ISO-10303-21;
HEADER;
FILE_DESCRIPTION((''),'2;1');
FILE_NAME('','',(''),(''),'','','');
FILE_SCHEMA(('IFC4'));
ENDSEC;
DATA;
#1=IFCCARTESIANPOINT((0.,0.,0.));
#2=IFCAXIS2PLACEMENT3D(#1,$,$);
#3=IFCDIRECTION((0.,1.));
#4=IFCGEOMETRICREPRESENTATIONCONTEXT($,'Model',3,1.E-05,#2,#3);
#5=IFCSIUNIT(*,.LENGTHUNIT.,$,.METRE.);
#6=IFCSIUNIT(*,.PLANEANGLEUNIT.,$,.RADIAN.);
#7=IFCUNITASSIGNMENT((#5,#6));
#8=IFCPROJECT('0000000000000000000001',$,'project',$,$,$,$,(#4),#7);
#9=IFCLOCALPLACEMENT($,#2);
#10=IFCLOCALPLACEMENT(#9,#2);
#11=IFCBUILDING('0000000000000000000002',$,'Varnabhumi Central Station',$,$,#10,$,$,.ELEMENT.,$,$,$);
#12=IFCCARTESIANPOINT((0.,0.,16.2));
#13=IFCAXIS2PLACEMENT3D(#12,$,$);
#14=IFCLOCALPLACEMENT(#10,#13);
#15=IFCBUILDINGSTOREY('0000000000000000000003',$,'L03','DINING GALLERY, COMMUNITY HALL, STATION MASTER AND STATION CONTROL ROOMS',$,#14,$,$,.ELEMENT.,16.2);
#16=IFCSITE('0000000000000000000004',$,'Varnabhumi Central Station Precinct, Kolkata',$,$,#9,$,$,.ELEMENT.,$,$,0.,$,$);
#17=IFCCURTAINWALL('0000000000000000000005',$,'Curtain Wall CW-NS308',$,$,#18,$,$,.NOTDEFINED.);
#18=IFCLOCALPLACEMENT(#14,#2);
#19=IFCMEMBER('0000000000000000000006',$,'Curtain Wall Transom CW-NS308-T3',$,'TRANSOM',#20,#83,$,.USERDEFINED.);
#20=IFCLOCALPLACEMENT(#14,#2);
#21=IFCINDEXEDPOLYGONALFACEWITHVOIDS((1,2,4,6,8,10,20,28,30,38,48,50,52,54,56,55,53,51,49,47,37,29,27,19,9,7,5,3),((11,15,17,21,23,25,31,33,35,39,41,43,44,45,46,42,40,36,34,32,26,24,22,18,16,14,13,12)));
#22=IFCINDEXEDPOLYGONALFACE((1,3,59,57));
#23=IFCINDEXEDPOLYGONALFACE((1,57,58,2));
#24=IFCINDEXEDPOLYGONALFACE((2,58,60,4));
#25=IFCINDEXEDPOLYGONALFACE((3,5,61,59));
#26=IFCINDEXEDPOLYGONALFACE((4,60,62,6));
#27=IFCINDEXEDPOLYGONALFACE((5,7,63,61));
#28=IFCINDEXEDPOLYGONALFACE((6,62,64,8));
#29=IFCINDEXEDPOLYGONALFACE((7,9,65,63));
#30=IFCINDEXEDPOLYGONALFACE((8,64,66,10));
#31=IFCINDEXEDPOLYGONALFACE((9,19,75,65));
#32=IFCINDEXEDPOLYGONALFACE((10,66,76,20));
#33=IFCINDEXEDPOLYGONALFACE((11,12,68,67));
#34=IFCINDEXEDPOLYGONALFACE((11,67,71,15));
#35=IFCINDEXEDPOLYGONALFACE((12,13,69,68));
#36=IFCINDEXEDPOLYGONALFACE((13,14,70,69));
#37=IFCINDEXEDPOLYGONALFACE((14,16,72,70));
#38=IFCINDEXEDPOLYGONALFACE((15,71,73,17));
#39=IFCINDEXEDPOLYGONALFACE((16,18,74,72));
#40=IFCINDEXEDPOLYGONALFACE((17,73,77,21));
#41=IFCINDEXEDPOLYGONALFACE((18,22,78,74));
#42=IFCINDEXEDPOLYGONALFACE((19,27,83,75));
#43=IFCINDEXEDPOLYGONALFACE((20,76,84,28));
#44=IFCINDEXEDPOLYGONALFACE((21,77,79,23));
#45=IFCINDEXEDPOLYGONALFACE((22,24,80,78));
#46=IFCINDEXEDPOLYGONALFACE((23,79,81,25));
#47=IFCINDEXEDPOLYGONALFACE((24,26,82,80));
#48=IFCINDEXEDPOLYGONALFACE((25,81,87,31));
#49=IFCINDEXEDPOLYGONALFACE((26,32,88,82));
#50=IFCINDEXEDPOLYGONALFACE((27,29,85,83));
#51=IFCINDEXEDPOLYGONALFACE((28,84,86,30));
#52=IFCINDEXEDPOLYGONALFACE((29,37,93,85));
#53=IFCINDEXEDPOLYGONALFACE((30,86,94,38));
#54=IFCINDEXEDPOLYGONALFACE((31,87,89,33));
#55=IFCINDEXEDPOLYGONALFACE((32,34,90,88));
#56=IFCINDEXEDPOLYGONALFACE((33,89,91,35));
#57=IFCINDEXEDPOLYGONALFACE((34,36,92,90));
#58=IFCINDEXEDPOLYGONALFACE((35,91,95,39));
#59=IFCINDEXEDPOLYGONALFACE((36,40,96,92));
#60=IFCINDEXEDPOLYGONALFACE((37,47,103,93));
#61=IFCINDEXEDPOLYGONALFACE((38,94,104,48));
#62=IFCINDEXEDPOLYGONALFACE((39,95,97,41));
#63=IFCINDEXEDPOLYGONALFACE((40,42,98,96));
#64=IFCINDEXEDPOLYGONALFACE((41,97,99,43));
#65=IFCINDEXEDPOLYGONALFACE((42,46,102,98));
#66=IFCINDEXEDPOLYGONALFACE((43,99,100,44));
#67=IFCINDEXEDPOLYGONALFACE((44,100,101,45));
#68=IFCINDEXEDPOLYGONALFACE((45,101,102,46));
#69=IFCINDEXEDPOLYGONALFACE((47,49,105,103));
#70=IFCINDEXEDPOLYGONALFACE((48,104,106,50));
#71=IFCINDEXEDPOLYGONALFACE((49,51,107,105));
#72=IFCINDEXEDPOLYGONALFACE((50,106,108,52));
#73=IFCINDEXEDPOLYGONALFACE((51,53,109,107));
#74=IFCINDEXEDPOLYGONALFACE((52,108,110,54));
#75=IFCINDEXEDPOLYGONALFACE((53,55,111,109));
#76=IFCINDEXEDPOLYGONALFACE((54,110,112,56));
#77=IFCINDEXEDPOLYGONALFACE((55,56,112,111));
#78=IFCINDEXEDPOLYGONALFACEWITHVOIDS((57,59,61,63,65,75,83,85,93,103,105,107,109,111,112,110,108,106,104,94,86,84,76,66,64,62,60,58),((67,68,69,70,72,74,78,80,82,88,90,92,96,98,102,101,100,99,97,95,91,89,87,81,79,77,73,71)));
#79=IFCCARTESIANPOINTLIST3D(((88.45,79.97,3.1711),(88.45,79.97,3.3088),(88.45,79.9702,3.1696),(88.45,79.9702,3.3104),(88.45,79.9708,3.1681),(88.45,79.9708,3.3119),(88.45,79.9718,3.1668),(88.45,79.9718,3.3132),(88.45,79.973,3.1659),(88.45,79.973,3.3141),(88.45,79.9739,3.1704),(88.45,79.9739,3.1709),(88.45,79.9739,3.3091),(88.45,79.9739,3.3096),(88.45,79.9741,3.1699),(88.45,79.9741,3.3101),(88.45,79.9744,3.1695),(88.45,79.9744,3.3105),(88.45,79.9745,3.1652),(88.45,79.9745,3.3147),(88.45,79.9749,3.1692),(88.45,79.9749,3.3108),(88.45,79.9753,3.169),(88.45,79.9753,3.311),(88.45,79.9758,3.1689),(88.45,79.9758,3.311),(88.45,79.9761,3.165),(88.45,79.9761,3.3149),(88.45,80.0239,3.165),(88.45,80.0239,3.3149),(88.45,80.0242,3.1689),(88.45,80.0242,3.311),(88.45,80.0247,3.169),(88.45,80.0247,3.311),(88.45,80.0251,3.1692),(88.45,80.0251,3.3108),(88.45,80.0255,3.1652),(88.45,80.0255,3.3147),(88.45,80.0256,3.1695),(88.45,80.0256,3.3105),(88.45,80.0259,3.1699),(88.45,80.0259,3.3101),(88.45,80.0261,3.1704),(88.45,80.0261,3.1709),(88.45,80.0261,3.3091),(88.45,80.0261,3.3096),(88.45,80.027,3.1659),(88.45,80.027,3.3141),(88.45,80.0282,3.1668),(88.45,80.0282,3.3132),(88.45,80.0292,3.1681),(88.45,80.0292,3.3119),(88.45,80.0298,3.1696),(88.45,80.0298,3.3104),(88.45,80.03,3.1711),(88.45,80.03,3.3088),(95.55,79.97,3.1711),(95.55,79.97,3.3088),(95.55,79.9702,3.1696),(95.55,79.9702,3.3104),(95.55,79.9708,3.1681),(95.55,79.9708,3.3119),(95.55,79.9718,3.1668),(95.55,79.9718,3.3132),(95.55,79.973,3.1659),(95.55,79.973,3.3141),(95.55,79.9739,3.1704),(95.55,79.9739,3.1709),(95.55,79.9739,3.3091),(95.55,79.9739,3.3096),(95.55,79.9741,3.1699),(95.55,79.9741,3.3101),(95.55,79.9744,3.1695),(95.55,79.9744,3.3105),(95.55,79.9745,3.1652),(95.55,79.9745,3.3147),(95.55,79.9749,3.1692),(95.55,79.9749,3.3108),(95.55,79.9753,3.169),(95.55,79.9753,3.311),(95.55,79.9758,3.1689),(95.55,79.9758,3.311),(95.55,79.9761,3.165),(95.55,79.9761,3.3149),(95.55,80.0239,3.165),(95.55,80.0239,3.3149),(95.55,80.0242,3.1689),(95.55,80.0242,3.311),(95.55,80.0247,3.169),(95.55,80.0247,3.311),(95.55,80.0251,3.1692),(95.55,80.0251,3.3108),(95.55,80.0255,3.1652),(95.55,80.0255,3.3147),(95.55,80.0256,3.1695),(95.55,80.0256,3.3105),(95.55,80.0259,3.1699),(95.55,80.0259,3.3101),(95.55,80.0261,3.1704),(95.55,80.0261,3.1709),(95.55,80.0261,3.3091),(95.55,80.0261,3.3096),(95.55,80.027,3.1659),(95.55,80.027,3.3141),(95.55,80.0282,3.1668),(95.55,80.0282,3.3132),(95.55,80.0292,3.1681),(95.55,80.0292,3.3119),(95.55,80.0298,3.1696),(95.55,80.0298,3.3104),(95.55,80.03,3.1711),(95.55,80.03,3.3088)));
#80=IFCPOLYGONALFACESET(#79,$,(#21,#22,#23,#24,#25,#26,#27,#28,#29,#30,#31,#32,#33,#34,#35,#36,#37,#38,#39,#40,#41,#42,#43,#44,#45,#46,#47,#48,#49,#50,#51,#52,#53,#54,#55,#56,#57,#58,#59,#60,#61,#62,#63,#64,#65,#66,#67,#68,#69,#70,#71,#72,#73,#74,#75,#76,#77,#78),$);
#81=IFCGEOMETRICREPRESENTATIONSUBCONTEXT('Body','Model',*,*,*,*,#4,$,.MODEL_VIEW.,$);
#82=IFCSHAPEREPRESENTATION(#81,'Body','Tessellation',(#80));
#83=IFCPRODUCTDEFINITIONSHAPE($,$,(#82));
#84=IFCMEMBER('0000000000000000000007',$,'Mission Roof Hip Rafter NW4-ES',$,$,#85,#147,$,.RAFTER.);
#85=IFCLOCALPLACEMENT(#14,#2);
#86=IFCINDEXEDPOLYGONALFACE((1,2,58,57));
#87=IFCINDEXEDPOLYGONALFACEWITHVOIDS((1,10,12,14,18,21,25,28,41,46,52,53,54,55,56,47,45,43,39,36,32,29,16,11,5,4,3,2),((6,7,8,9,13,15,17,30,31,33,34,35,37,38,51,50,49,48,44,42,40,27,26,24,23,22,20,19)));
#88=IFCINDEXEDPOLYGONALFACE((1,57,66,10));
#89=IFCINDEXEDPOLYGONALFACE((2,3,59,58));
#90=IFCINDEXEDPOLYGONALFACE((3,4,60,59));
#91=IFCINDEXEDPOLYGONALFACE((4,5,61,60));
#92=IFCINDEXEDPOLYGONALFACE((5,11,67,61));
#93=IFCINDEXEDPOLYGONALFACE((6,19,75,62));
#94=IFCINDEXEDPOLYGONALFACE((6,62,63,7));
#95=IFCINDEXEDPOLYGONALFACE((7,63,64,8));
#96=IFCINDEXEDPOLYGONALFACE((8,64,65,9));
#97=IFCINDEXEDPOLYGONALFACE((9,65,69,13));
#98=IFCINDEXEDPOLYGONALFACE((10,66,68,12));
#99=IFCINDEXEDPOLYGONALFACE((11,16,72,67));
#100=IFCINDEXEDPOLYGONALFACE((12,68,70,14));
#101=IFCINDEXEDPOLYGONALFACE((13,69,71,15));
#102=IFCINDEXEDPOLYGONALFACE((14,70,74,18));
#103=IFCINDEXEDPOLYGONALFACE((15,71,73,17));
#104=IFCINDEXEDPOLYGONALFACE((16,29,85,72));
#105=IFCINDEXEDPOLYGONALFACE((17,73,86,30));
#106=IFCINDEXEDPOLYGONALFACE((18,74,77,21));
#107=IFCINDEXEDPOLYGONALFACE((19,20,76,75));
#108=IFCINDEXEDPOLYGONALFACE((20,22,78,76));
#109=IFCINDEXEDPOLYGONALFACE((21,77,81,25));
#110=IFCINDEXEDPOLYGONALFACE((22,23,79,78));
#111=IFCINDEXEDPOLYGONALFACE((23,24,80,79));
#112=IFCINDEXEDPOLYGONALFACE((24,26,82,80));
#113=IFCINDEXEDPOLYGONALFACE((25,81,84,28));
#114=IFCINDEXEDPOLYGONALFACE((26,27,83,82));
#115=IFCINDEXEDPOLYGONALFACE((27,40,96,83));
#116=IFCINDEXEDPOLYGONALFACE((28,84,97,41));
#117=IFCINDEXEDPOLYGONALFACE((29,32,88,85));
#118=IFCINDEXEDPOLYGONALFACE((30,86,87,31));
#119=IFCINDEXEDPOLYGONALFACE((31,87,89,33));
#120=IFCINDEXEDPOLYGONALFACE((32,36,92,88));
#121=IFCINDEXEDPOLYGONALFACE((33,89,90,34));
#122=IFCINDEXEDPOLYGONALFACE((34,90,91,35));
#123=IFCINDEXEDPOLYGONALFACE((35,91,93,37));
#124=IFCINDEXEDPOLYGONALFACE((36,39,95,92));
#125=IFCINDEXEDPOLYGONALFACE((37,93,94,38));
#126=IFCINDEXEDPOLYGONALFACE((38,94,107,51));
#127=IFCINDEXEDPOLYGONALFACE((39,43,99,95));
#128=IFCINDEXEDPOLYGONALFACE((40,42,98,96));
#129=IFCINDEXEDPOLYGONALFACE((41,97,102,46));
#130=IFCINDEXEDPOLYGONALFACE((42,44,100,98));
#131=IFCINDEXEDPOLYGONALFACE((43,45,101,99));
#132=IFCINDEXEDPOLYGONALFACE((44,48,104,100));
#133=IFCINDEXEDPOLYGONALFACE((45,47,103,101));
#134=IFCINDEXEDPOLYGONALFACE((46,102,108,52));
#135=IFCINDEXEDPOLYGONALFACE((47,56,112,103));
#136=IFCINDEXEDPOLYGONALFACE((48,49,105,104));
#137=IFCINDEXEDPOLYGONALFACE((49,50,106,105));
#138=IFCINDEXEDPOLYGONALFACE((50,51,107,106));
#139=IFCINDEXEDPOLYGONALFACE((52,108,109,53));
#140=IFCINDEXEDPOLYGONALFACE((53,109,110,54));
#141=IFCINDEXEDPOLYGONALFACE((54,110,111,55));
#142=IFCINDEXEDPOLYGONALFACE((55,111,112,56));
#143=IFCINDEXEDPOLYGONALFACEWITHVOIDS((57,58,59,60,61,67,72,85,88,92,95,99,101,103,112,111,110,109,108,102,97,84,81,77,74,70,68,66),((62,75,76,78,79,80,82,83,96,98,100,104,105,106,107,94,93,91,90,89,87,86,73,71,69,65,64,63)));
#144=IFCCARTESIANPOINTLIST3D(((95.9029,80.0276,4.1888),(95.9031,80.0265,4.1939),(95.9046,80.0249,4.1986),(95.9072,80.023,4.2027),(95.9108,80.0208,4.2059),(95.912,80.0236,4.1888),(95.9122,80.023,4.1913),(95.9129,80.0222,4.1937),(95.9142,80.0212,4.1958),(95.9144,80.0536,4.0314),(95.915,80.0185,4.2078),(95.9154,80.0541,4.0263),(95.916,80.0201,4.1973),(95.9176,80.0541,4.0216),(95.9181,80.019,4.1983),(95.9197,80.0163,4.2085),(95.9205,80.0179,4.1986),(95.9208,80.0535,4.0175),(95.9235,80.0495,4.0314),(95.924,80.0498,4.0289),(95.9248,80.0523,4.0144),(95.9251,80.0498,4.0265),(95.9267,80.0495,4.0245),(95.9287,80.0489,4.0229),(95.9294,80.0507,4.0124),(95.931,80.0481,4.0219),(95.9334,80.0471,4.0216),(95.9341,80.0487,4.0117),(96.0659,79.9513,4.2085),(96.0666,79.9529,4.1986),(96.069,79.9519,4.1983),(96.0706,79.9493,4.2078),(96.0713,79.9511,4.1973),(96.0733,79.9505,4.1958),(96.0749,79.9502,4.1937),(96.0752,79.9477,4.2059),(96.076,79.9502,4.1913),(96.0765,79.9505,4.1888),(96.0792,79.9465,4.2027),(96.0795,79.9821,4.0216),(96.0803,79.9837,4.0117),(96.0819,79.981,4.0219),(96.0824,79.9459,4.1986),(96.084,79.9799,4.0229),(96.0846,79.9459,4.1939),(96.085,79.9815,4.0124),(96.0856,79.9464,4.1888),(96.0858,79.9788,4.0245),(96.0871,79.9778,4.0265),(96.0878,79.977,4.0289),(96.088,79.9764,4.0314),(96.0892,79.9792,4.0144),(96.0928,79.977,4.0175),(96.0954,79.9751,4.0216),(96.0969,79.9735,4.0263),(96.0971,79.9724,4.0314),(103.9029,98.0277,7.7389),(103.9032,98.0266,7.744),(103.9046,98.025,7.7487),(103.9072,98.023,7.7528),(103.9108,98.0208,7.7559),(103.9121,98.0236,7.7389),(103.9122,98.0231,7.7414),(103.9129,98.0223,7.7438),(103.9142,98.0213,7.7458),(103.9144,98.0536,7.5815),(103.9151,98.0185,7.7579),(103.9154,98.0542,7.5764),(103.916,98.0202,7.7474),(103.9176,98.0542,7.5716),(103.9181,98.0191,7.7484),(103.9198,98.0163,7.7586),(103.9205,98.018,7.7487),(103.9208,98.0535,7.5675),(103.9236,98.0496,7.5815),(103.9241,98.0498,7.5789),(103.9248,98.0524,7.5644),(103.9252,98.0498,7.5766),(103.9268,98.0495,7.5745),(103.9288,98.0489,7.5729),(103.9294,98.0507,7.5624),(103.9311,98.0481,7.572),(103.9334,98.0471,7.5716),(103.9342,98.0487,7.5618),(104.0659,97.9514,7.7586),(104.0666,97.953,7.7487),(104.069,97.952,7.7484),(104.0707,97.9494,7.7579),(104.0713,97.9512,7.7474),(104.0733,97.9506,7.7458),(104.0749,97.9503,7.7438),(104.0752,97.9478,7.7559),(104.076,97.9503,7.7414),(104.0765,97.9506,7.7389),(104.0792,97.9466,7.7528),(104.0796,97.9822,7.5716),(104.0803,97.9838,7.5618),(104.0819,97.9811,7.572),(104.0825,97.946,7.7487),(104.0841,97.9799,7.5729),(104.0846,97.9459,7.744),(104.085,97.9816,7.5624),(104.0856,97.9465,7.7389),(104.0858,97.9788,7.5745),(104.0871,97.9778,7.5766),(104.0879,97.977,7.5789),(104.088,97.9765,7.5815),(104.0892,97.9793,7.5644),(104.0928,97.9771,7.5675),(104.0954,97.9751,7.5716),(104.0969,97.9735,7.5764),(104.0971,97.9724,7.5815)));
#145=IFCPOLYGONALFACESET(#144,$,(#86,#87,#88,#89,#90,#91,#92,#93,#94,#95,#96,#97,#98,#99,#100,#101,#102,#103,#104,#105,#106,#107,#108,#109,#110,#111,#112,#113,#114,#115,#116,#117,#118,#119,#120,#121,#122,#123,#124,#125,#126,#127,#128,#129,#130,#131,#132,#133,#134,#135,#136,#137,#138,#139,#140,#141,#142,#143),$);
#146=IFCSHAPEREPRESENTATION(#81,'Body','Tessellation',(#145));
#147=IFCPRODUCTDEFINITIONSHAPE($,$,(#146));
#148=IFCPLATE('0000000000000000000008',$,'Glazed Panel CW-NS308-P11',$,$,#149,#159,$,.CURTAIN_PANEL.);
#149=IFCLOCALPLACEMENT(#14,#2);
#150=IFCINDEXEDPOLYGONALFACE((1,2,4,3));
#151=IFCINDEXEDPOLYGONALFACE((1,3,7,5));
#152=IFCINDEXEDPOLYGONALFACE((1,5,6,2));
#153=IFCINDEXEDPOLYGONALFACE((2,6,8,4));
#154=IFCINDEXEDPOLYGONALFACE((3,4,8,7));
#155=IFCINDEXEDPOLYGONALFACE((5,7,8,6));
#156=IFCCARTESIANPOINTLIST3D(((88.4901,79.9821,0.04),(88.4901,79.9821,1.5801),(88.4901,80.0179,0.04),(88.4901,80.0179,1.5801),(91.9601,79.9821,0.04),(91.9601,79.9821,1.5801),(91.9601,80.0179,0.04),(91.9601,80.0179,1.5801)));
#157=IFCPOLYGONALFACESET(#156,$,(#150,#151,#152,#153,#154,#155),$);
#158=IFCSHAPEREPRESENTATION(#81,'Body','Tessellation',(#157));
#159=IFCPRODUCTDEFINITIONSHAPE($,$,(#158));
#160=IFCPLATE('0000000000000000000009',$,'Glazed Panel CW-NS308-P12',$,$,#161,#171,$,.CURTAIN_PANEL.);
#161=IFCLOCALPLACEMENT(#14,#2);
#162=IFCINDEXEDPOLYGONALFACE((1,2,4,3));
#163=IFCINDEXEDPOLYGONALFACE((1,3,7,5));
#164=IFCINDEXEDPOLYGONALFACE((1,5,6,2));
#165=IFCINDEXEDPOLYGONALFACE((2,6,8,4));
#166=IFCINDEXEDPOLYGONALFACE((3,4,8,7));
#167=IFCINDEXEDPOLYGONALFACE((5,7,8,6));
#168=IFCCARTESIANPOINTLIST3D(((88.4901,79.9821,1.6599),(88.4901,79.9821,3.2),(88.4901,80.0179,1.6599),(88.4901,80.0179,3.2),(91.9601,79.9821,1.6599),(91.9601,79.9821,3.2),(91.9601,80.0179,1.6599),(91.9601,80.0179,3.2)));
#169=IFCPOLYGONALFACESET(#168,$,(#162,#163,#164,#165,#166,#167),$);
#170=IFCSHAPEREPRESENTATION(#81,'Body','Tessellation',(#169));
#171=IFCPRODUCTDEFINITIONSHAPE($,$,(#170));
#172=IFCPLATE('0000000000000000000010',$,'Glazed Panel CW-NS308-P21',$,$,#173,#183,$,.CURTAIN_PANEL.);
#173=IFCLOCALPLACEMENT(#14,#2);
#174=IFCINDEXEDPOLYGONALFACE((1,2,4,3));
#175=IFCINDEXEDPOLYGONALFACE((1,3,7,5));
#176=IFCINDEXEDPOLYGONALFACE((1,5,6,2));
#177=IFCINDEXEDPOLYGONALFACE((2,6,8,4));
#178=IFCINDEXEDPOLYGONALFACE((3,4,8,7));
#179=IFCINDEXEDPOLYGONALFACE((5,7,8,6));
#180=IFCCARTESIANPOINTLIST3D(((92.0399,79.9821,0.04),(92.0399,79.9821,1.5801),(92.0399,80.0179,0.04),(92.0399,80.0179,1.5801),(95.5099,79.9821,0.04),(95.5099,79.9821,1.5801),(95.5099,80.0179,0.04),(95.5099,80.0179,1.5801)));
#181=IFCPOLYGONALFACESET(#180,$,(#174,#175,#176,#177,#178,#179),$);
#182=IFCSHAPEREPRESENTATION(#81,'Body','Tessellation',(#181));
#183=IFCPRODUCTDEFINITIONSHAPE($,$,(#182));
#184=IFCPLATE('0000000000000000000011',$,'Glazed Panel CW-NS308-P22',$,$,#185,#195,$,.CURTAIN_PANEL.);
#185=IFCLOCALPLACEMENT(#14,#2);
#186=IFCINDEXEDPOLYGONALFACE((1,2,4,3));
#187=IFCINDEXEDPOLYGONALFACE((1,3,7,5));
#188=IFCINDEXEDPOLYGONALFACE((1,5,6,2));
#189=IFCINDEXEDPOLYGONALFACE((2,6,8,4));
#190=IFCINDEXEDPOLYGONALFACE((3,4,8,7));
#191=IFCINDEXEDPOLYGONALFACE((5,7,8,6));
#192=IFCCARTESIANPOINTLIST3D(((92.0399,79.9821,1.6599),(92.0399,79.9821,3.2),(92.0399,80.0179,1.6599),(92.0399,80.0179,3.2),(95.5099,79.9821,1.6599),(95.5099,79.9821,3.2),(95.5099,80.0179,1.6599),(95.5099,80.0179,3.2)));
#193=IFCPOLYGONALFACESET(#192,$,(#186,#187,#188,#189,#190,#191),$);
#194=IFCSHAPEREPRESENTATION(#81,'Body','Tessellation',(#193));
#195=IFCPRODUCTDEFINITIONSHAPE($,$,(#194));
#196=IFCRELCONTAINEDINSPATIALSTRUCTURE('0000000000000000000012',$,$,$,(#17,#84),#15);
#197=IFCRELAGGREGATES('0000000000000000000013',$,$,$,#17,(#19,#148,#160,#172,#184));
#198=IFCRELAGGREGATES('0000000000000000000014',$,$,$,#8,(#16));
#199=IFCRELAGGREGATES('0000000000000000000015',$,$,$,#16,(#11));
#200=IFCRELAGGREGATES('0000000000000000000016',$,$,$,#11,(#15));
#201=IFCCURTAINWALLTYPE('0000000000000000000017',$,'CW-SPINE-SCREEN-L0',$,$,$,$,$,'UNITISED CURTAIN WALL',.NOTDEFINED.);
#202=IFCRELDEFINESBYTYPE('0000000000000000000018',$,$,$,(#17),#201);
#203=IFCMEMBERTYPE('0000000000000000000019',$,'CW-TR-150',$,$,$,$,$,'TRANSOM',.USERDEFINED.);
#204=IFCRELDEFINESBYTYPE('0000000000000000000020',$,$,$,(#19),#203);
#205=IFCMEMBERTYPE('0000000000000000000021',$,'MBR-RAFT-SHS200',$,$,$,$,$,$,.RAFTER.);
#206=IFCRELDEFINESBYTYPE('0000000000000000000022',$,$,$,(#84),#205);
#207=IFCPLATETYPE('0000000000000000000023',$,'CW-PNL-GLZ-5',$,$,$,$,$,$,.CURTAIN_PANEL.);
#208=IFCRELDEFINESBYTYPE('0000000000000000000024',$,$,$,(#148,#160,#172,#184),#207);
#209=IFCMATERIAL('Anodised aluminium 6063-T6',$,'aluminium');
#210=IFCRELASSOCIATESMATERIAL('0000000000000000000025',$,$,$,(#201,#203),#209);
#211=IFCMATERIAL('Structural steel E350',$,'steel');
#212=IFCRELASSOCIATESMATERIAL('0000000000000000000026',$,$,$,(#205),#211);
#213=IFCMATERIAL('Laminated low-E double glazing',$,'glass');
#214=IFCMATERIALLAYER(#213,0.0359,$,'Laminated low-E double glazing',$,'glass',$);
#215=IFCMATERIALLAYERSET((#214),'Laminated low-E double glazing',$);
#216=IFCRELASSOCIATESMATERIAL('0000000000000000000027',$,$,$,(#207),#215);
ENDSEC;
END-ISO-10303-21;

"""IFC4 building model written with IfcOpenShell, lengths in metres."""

from ifc_helpers import new_model, si_unit, direction, frame, origin, origin_2d, place, context, subcontext, project, spatial, rectangle, hollow_rectangle, extrude, material, layer, layer_set, material_profile, profile_set, type_object, element, aggregate, save


model = new_model("IFC4")

# Units and contexts
model_context = context("Model", 3, precision=1e-05, world=origin(), true_north=direction((0.0, 1.0)))
body_context = subcontext(model_context, "Body", "Model", "MODEL_VIEW")
ifc_project = project(units=[si_unit("LENGTHUNIT", "METRE"), si_unit("PLANEANGLEUNIT", "RADIAN")], contexts=[model_context])

# Site, building, storey
site_placement = place(None, origin())
site = spatial("IfcSite", under=ifc_project, at=site_placement, Name="Varnabhumi Central Station Precinct, Kolkata", CompositionType="ELEMENT", RefElevation=0.0)
building_placement = place(site_placement, origin())
building = spatial("IfcBuilding", under=site, at=building_placement, Name="Varnabhumi Central Station", CompositionType="ELEMENT")
storey_placement = place(building_placement, frame((0.0, 0.0, 16.2)))
storey = spatial("IfcBuildingStorey", under=building, at=storey_placement, Name="L03", Description="DINING GALLERY, COMMUNITY HALL, STATION MASTER AND STATION CONTROL ROOMS", CompositionType="ELEMENT", Elevation=16.2)

# Shared definitions
ifc_material_1 = material(Name="Structural steel E350", Category="steel")

# Curtain wall, member
ifc_material_2 = material(Name="Anodised aluminium 6063-T6", Category="aluminium")
curtain_wall_type = type_object("IfcCurtainWallType", Name="CW-SPINE-SCREEN-L0", ElementType="UNITISED CURTAIN WALL", PredefinedType="NOTDEFINED", material=ifc_material_2)
curtain_wall_placement = place(storey_placement, origin())
curtain_wall = element("IfcCurtainWall", 1, at=curtain_wall_placement, inside=storey, type_object=curtain_wall_type, Name="Curtain Wall CW-NS308", PredefinedType="NOTDEFINED")
ifc_material_profile_1 = material_profile(ifc_material_2, hollow_rectangle(XDim=0.0601, YDim=0.1499, WallThickness=0.0039, InnerFilletRadius=0.002, OuterFilletRadius=0.0061, at=origin_2d()), Name="Anodised aluminium 6063-T6", Category="aluminium")
ifc_profile_set_1 = profile_set([ifc_material_profile_1], Name="Anodised aluminium 6063-T6")
member_type_1 = type_object("IfcMemberType", Name="CW-TR-150", ElementType="TRANSOM", PredefinedType="USERDEFINED", material=ifc_profile_set_1)
member_1_placement = place(storey_placement, frame((88.45, 80.0, 3.24), z_axis=(1.0, 0.0, 0.0), x_axis=(0.0, 1.0, 0.0)))
member_1 = element("IfcMember", 2, at=member_1_placement, type_object=member_type_1, Name="Curtain Wall Transom CW-NS308-T3", ObjectType="TRANSOM", PredefinedType="USERDEFINED", context=body_context, shape_type="SweptSolid", body=[
    extrude(hollow_rectangle(XDim=0.0601, YDim=0.1499, WallThickness=0.0039, InnerFilletRadius=0.002, OuterFilletRadius=0.0061, at=origin_2d()), origin(), (0.0, 0.0, 1.0), 7.1001),
])

# Member
ifc_material_profile_2 = material_profile(ifc_material_1, hollow_rectangle(XDim=0.2, YDim=0.2, WallThickness=0.01, InnerFilletRadius=0.01, OuterFilletRadius=0.02, at=origin_2d()), Name="Structural steel E350", Category="steel")
ifc_profile_set_2 = profile_set([ifc_material_profile_2], Name="Structural steel E350")
member_type_2 = type_object("IfcMemberType", Name="MBR-RAFT-SHS200", PredefinedType="RAFTER", material=ifc_profile_set_2)
member_2_placement = place(storey_placement, frame((96.0, 80.0, 4.1101), z_axis=(0.399699, 0.899323, 0.177369), x_axis=(-0.913812, 0.406138, 0.0)))
element("IfcMember", 3, at=member_2_placement, inside=storey, type_object=member_type_2, Name="Mission Roof Hip Rafter NW4-ES", PredefinedType="RAFTER", context=body_context, shape_type="SweptSolid", body=[
    extrude(hollow_rectangle(XDim=0.2, YDim=0.2, WallThickness=0.01, InnerFilletRadius=0.01, OuterFilletRadius=0.02, at=origin_2d()), origin(), (0.0, 0.0, 1.0), 20.0151),
])

# Plates
ifc_material_3 = material(Name="Laminated low-E double glazing", Category="glass")
ifc_layer_1 = layer(ifc_material_3, 0.0359, Name="Laminated low-E double glazing", Category="glass")
ifc_layer_set_1 = layer_set([ifc_layer_1], Name="Laminated low-E double glazing")
plate_type = type_object("IfcPlateType", Name="CW-PNL-GLZ-5", PredefinedType="CURTAIN_PANEL", material=ifc_layer_set_1)
plate_1_placement = place(storey_placement, frame((90.2251, 80.0, 0.04), z_axis=(0.0, 0.0, 1.0), x_axis=(1.0, 0.0, 0.0)))
plate_1 = element("IfcPlate", 4, at=plate_1_placement, type_object=plate_type, Name="Glazed Panel CW-NS308-P11", PredefinedType="CURTAIN_PANEL", context=body_context, shape_type="SweptSolid", body=[
    extrude(rectangle(XDim=3.47, YDim=0.0359, at=origin_2d()), origin(), (0.0, 0.0, 1.0), 1.54),
])
plate_2_placement = place(storey_placement, frame((90.2251, 80.0, 1.6599), z_axis=(0.0, 0.0, 1.0), x_axis=(1.0, 0.0, 0.0)))
plate_2 = element("IfcPlate", 5, at=plate_2_placement, type_object=plate_type, Name="Glazed Panel CW-NS308-P12", PredefinedType="CURTAIN_PANEL", context=body_context, shape_type="SweptSolid", body=[
    extrude(rectangle(XDim=3.47, YDim=0.0359, at=origin_2d()), origin(), (0.0, 0.0, 1.0), 1.54),
])
plate_3_placement = place(storey_placement, frame((93.7749, 80.0, 0.04), z_axis=(0.0, 0.0, 1.0), x_axis=(1.0, 0.0, 0.0)))
plate_3 = element("IfcPlate", 6, at=plate_3_placement, type_object=plate_type, Name="Glazed Panel CW-NS308-P21", PredefinedType="CURTAIN_PANEL", context=body_context, shape_type="SweptSolid", body=[
    extrude(rectangle(XDim=3.47, YDim=0.0359, at=origin_2d()), origin(), (0.0, 0.0, 1.0), 1.54),
])
plate_4_placement = place(storey_placement, frame((93.7749, 80.0, 1.6599), z_axis=(0.0, 0.0, 1.0), x_axis=(1.0, 0.0, 0.0)))
plate_4 = element("IfcPlate", 7, at=plate_4_placement, type_object=plate_type, Name="Glazed Panel CW-NS308-P22", PredefinedType="CURTAIN_PANEL", context=body_context, shape_type="SweptSolid", body=[
    extrude(rectangle(XDim=3.47, YDim=0.0359, at=origin_2d()), origin(), (0.0, 0.0, 1.0), 1.54),
])
aggregate(curtain_wall, [member_1, plate_1, plate_2, plate_3, plate_4])

save(model, "model.ifc")
